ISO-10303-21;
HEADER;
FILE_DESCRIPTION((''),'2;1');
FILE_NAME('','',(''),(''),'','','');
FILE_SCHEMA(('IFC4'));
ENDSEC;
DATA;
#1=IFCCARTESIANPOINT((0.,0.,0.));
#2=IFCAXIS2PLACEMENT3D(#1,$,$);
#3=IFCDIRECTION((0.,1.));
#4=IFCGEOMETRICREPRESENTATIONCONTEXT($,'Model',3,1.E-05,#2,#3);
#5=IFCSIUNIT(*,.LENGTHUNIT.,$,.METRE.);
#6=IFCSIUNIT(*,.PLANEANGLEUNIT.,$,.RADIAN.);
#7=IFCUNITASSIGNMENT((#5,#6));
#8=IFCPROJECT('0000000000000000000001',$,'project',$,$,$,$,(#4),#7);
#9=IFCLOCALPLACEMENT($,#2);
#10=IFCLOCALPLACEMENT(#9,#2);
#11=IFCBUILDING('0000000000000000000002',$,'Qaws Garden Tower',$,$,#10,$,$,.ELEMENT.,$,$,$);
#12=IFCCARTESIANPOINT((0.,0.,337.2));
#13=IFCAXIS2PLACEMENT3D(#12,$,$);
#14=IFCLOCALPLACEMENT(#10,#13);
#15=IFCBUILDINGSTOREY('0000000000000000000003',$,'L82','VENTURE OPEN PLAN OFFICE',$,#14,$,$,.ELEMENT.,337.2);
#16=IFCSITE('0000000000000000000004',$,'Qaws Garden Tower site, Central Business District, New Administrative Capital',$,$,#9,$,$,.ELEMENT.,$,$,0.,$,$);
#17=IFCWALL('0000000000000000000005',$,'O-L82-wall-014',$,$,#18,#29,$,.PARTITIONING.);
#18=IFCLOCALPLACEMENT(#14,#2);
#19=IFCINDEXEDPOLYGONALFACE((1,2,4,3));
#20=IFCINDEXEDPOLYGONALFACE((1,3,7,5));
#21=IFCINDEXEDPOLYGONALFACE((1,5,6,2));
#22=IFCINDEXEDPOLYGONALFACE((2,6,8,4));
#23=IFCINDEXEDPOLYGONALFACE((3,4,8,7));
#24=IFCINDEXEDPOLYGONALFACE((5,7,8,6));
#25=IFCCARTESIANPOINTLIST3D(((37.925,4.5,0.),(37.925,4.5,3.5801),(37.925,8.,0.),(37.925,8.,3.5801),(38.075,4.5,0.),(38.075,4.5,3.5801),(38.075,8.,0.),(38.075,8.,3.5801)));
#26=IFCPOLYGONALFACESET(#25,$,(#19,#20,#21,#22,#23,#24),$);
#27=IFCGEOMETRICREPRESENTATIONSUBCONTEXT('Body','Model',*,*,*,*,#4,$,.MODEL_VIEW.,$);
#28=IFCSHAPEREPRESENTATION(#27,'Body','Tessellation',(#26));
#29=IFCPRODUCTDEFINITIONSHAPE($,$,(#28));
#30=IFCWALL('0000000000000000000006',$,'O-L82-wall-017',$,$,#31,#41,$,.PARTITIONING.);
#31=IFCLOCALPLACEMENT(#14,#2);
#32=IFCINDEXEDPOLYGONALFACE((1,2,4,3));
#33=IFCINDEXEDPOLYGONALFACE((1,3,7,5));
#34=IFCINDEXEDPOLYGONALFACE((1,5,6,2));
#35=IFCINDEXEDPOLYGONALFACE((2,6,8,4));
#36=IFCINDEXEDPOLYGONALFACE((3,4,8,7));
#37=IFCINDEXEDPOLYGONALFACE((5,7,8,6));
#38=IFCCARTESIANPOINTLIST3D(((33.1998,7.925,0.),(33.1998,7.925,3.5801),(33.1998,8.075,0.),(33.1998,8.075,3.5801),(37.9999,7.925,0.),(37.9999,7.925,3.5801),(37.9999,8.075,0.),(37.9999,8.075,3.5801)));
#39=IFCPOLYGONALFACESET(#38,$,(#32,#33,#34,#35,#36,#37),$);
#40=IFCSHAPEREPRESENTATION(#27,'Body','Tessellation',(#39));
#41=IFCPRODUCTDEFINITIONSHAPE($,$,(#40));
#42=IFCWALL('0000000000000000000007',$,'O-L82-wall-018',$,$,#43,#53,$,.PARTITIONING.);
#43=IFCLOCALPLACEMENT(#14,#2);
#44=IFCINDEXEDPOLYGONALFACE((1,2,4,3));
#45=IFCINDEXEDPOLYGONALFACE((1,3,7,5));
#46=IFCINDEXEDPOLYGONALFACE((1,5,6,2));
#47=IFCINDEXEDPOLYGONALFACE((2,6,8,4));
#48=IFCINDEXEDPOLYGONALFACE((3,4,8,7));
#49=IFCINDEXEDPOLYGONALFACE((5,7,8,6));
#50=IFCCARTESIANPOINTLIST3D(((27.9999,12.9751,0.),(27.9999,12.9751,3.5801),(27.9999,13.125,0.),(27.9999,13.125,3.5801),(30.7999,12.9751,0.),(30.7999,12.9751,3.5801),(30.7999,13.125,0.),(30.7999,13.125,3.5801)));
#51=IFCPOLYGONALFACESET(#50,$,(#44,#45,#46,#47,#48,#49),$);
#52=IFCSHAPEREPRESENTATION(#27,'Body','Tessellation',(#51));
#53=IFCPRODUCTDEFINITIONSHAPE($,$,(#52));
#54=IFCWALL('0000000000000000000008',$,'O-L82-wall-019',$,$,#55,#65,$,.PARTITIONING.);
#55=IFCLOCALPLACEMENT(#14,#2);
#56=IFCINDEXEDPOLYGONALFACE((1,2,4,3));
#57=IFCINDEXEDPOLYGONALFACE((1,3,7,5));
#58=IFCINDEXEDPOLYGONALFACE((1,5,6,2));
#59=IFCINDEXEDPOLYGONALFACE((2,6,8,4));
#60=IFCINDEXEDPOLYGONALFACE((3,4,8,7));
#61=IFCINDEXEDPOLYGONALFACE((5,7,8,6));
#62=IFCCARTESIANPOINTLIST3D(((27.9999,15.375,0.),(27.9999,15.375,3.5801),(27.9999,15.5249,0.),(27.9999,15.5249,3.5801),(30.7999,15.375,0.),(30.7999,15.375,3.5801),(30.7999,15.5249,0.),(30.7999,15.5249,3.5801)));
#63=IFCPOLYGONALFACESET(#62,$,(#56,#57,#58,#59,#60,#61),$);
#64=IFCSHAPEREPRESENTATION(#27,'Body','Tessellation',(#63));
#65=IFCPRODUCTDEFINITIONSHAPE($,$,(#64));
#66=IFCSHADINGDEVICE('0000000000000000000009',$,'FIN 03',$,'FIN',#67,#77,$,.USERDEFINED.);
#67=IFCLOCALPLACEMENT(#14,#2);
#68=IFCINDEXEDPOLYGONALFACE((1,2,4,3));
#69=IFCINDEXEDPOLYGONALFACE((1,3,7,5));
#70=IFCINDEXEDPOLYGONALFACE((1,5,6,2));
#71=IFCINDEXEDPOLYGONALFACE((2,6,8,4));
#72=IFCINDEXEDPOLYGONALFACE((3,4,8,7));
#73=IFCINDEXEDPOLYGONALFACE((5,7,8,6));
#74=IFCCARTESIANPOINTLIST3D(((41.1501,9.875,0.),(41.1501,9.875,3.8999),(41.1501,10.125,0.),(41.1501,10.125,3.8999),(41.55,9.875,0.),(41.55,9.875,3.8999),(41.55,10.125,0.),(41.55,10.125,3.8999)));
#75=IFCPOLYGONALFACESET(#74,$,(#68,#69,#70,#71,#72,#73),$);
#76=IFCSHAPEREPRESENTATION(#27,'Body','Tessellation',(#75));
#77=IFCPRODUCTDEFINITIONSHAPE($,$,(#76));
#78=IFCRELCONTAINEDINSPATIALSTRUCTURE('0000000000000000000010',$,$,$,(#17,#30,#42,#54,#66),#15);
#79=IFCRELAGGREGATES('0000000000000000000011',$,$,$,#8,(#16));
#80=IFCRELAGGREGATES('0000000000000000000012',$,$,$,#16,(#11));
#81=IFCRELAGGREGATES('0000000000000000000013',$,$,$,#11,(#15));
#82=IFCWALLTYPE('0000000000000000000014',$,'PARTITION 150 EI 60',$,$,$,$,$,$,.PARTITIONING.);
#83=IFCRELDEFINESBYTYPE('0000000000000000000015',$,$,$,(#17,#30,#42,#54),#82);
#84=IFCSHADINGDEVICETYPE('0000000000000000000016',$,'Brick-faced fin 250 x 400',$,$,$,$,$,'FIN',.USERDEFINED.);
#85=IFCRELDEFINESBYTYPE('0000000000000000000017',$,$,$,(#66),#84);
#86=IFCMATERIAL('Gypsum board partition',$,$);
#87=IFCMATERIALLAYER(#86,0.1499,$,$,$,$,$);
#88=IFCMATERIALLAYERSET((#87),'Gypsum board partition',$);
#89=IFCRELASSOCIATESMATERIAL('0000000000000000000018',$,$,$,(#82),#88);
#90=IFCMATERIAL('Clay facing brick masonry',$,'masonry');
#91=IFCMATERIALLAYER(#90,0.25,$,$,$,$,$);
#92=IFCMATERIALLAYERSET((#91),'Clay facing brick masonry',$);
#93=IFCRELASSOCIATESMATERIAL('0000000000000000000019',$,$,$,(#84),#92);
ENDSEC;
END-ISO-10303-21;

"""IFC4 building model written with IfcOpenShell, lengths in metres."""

from ifc_helpers import new_model, si_unit, direction, frame, frame_2d, origin, origin_2d, place, context, subcontext, project, spatial, rectangle, extrude, material, layer, layer_set, type_object, element, save


model = new_model("IFC4")

# Units and contexts
model_context = context("Model", 3, precision=1e-05, world=origin(), true_north=direction((0.0, 1.0)))
body_context = subcontext(model_context, "Body", "Model", "MODEL_VIEW")
ifc_project = project(units=[si_unit("LENGTHUNIT", "METRE"), si_unit("PLANEANGLEUNIT", "RADIAN")], contexts=[model_context])

# Site, building, storey
site_placement = place(None, origin())
site = spatial("IfcSite", under=ifc_project, at=site_placement, Name="Qaws Garden Tower site, Central Business District, New Administrative Capital", CompositionType="ELEMENT", RefElevation=0.0)
building_placement = place(site_placement, origin())
building = spatial("IfcBuilding", under=site, at=building_placement, Name="Qaws Garden Tower", CompositionType="ELEMENT")
storey_placement = place(building_placement, frame((0.0, 0.0, 337.2)))
storey = spatial("IfcBuildingStorey", under=building, at=storey_placement, Name="L82", Description="VENTURE OPEN PLAN OFFICE", CompositionType="ELEMENT", Elevation=337.2)

# Shared definitions
ifc_material_1 = material(Name="Gypsum board partition")
ifc_layer_1 = layer(ifc_material_1, 0.1499)
ifc_layer_set_1 = layer_set([ifc_layer_1], Name="Gypsum board partition")
wall_type = type_object("IfcWallType", Name="PARTITION 150 EI 60", PredefinedType="PARTITIONING", material=ifc_layer_set_1)

# Walls
wall_1_placement = place(storey_placement, frame((38.0, 4.5, 0.0), z_axis=(0.0, 0.0, 1.0), x_axis=(0.0, 1.0, 0.0)))
element("IfcWall", 1, at=wall_1_placement, inside=storey, type_object=wall_type, Name="O-L82-wall-014", PredefinedType="PARTITIONING", context=body_context, shape_type="SweptSolid", body=[
    extrude(rectangle(XDim=3.5, YDim=0.1499, at=frame_2d((1.75, 0.0))), origin(), (0.0, 0.0, 1.0), 3.5801),
])
wall_2_placement = place(storey_placement, frame((33.2, 8.0, 0.0), z_axis=(0.0, 0.0, 1.0), x_axis=(1.0, 0.0, 0.0)))
element("IfcWall", 2, at=wall_2_placement, inside=storey, type_object=wall_type, Name="O-L82-wall-017", PredefinedType="PARTITIONING", context=body_context, shape_type="SweptSolid", body=[
    extrude(rectangle(XDim=4.8, YDim=0.1499, at=frame_2d((2.3999, 0.0))), origin(), (0.0, 0.0, 1.0), 3.5801),
])
for number, where, z_axis, x_axis, name in (
    (3, (28.0, 13.05, 0.0), (0.0, 0.0, 1.0), (1.0, 0.0, 0.0), "O-L82-wall-018"),
    (4, (28.0, 15.45, 0.0), (0.0, 0.0, 1.0), (1.0, 0.0, 0.0), "O-L82-wall-019"),
):
    element("IfcWall", number, at=place(storey_placement, frame(where, z_axis=z_axis, x_axis=x_axis)), inside=storey, type_object=wall_type, Name=name, PredefinedType="PARTITIONING", context=body_context, shape_type="SweptSolid", body=[
        extrude(rectangle(XDim=2.8, YDim=0.1499, at=frame_2d((1.3999, 0.0))), origin(), (0.0, 0.0, 1.0), 3.5801),
    ])

# Shading device
ifc_material_2 = material(Name="Clay facing brick masonry", Category="masonry")
ifc_layer_2 = layer(ifc_material_2, 0.25)
ifc_layer_set_2 = layer_set([ifc_layer_2], Name="Clay facing brick masonry")
shading_device_type = type_object("IfcShadingDeviceType", Name="Brick-faced fin 250 x 400", ElementType="FIN", PredefinedType="USERDEFINED", material=ifc_layer_set_2)
shading_device_placement = place(storey_placement, frame((41.3501, 10.0, 0.0), z_axis=(0.0, 0.0, 1.0), x_axis=(0.0, 1.0, 0.0)))
element("IfcShadingDevice", 5, at=shading_device_placement, inside=storey, type_object=shading_device_type, Name="FIN 03", ObjectType="FIN", PredefinedType="USERDEFINED", context=body_context, shape_type="SweptSolid", body=[
    extrude(rectangle(XDim=0.25, YDim=0.3999, at=origin_2d()), origin(), (0.0, 0.0, 1.0), 3.8999),
])

save(model, "model.ifc")
